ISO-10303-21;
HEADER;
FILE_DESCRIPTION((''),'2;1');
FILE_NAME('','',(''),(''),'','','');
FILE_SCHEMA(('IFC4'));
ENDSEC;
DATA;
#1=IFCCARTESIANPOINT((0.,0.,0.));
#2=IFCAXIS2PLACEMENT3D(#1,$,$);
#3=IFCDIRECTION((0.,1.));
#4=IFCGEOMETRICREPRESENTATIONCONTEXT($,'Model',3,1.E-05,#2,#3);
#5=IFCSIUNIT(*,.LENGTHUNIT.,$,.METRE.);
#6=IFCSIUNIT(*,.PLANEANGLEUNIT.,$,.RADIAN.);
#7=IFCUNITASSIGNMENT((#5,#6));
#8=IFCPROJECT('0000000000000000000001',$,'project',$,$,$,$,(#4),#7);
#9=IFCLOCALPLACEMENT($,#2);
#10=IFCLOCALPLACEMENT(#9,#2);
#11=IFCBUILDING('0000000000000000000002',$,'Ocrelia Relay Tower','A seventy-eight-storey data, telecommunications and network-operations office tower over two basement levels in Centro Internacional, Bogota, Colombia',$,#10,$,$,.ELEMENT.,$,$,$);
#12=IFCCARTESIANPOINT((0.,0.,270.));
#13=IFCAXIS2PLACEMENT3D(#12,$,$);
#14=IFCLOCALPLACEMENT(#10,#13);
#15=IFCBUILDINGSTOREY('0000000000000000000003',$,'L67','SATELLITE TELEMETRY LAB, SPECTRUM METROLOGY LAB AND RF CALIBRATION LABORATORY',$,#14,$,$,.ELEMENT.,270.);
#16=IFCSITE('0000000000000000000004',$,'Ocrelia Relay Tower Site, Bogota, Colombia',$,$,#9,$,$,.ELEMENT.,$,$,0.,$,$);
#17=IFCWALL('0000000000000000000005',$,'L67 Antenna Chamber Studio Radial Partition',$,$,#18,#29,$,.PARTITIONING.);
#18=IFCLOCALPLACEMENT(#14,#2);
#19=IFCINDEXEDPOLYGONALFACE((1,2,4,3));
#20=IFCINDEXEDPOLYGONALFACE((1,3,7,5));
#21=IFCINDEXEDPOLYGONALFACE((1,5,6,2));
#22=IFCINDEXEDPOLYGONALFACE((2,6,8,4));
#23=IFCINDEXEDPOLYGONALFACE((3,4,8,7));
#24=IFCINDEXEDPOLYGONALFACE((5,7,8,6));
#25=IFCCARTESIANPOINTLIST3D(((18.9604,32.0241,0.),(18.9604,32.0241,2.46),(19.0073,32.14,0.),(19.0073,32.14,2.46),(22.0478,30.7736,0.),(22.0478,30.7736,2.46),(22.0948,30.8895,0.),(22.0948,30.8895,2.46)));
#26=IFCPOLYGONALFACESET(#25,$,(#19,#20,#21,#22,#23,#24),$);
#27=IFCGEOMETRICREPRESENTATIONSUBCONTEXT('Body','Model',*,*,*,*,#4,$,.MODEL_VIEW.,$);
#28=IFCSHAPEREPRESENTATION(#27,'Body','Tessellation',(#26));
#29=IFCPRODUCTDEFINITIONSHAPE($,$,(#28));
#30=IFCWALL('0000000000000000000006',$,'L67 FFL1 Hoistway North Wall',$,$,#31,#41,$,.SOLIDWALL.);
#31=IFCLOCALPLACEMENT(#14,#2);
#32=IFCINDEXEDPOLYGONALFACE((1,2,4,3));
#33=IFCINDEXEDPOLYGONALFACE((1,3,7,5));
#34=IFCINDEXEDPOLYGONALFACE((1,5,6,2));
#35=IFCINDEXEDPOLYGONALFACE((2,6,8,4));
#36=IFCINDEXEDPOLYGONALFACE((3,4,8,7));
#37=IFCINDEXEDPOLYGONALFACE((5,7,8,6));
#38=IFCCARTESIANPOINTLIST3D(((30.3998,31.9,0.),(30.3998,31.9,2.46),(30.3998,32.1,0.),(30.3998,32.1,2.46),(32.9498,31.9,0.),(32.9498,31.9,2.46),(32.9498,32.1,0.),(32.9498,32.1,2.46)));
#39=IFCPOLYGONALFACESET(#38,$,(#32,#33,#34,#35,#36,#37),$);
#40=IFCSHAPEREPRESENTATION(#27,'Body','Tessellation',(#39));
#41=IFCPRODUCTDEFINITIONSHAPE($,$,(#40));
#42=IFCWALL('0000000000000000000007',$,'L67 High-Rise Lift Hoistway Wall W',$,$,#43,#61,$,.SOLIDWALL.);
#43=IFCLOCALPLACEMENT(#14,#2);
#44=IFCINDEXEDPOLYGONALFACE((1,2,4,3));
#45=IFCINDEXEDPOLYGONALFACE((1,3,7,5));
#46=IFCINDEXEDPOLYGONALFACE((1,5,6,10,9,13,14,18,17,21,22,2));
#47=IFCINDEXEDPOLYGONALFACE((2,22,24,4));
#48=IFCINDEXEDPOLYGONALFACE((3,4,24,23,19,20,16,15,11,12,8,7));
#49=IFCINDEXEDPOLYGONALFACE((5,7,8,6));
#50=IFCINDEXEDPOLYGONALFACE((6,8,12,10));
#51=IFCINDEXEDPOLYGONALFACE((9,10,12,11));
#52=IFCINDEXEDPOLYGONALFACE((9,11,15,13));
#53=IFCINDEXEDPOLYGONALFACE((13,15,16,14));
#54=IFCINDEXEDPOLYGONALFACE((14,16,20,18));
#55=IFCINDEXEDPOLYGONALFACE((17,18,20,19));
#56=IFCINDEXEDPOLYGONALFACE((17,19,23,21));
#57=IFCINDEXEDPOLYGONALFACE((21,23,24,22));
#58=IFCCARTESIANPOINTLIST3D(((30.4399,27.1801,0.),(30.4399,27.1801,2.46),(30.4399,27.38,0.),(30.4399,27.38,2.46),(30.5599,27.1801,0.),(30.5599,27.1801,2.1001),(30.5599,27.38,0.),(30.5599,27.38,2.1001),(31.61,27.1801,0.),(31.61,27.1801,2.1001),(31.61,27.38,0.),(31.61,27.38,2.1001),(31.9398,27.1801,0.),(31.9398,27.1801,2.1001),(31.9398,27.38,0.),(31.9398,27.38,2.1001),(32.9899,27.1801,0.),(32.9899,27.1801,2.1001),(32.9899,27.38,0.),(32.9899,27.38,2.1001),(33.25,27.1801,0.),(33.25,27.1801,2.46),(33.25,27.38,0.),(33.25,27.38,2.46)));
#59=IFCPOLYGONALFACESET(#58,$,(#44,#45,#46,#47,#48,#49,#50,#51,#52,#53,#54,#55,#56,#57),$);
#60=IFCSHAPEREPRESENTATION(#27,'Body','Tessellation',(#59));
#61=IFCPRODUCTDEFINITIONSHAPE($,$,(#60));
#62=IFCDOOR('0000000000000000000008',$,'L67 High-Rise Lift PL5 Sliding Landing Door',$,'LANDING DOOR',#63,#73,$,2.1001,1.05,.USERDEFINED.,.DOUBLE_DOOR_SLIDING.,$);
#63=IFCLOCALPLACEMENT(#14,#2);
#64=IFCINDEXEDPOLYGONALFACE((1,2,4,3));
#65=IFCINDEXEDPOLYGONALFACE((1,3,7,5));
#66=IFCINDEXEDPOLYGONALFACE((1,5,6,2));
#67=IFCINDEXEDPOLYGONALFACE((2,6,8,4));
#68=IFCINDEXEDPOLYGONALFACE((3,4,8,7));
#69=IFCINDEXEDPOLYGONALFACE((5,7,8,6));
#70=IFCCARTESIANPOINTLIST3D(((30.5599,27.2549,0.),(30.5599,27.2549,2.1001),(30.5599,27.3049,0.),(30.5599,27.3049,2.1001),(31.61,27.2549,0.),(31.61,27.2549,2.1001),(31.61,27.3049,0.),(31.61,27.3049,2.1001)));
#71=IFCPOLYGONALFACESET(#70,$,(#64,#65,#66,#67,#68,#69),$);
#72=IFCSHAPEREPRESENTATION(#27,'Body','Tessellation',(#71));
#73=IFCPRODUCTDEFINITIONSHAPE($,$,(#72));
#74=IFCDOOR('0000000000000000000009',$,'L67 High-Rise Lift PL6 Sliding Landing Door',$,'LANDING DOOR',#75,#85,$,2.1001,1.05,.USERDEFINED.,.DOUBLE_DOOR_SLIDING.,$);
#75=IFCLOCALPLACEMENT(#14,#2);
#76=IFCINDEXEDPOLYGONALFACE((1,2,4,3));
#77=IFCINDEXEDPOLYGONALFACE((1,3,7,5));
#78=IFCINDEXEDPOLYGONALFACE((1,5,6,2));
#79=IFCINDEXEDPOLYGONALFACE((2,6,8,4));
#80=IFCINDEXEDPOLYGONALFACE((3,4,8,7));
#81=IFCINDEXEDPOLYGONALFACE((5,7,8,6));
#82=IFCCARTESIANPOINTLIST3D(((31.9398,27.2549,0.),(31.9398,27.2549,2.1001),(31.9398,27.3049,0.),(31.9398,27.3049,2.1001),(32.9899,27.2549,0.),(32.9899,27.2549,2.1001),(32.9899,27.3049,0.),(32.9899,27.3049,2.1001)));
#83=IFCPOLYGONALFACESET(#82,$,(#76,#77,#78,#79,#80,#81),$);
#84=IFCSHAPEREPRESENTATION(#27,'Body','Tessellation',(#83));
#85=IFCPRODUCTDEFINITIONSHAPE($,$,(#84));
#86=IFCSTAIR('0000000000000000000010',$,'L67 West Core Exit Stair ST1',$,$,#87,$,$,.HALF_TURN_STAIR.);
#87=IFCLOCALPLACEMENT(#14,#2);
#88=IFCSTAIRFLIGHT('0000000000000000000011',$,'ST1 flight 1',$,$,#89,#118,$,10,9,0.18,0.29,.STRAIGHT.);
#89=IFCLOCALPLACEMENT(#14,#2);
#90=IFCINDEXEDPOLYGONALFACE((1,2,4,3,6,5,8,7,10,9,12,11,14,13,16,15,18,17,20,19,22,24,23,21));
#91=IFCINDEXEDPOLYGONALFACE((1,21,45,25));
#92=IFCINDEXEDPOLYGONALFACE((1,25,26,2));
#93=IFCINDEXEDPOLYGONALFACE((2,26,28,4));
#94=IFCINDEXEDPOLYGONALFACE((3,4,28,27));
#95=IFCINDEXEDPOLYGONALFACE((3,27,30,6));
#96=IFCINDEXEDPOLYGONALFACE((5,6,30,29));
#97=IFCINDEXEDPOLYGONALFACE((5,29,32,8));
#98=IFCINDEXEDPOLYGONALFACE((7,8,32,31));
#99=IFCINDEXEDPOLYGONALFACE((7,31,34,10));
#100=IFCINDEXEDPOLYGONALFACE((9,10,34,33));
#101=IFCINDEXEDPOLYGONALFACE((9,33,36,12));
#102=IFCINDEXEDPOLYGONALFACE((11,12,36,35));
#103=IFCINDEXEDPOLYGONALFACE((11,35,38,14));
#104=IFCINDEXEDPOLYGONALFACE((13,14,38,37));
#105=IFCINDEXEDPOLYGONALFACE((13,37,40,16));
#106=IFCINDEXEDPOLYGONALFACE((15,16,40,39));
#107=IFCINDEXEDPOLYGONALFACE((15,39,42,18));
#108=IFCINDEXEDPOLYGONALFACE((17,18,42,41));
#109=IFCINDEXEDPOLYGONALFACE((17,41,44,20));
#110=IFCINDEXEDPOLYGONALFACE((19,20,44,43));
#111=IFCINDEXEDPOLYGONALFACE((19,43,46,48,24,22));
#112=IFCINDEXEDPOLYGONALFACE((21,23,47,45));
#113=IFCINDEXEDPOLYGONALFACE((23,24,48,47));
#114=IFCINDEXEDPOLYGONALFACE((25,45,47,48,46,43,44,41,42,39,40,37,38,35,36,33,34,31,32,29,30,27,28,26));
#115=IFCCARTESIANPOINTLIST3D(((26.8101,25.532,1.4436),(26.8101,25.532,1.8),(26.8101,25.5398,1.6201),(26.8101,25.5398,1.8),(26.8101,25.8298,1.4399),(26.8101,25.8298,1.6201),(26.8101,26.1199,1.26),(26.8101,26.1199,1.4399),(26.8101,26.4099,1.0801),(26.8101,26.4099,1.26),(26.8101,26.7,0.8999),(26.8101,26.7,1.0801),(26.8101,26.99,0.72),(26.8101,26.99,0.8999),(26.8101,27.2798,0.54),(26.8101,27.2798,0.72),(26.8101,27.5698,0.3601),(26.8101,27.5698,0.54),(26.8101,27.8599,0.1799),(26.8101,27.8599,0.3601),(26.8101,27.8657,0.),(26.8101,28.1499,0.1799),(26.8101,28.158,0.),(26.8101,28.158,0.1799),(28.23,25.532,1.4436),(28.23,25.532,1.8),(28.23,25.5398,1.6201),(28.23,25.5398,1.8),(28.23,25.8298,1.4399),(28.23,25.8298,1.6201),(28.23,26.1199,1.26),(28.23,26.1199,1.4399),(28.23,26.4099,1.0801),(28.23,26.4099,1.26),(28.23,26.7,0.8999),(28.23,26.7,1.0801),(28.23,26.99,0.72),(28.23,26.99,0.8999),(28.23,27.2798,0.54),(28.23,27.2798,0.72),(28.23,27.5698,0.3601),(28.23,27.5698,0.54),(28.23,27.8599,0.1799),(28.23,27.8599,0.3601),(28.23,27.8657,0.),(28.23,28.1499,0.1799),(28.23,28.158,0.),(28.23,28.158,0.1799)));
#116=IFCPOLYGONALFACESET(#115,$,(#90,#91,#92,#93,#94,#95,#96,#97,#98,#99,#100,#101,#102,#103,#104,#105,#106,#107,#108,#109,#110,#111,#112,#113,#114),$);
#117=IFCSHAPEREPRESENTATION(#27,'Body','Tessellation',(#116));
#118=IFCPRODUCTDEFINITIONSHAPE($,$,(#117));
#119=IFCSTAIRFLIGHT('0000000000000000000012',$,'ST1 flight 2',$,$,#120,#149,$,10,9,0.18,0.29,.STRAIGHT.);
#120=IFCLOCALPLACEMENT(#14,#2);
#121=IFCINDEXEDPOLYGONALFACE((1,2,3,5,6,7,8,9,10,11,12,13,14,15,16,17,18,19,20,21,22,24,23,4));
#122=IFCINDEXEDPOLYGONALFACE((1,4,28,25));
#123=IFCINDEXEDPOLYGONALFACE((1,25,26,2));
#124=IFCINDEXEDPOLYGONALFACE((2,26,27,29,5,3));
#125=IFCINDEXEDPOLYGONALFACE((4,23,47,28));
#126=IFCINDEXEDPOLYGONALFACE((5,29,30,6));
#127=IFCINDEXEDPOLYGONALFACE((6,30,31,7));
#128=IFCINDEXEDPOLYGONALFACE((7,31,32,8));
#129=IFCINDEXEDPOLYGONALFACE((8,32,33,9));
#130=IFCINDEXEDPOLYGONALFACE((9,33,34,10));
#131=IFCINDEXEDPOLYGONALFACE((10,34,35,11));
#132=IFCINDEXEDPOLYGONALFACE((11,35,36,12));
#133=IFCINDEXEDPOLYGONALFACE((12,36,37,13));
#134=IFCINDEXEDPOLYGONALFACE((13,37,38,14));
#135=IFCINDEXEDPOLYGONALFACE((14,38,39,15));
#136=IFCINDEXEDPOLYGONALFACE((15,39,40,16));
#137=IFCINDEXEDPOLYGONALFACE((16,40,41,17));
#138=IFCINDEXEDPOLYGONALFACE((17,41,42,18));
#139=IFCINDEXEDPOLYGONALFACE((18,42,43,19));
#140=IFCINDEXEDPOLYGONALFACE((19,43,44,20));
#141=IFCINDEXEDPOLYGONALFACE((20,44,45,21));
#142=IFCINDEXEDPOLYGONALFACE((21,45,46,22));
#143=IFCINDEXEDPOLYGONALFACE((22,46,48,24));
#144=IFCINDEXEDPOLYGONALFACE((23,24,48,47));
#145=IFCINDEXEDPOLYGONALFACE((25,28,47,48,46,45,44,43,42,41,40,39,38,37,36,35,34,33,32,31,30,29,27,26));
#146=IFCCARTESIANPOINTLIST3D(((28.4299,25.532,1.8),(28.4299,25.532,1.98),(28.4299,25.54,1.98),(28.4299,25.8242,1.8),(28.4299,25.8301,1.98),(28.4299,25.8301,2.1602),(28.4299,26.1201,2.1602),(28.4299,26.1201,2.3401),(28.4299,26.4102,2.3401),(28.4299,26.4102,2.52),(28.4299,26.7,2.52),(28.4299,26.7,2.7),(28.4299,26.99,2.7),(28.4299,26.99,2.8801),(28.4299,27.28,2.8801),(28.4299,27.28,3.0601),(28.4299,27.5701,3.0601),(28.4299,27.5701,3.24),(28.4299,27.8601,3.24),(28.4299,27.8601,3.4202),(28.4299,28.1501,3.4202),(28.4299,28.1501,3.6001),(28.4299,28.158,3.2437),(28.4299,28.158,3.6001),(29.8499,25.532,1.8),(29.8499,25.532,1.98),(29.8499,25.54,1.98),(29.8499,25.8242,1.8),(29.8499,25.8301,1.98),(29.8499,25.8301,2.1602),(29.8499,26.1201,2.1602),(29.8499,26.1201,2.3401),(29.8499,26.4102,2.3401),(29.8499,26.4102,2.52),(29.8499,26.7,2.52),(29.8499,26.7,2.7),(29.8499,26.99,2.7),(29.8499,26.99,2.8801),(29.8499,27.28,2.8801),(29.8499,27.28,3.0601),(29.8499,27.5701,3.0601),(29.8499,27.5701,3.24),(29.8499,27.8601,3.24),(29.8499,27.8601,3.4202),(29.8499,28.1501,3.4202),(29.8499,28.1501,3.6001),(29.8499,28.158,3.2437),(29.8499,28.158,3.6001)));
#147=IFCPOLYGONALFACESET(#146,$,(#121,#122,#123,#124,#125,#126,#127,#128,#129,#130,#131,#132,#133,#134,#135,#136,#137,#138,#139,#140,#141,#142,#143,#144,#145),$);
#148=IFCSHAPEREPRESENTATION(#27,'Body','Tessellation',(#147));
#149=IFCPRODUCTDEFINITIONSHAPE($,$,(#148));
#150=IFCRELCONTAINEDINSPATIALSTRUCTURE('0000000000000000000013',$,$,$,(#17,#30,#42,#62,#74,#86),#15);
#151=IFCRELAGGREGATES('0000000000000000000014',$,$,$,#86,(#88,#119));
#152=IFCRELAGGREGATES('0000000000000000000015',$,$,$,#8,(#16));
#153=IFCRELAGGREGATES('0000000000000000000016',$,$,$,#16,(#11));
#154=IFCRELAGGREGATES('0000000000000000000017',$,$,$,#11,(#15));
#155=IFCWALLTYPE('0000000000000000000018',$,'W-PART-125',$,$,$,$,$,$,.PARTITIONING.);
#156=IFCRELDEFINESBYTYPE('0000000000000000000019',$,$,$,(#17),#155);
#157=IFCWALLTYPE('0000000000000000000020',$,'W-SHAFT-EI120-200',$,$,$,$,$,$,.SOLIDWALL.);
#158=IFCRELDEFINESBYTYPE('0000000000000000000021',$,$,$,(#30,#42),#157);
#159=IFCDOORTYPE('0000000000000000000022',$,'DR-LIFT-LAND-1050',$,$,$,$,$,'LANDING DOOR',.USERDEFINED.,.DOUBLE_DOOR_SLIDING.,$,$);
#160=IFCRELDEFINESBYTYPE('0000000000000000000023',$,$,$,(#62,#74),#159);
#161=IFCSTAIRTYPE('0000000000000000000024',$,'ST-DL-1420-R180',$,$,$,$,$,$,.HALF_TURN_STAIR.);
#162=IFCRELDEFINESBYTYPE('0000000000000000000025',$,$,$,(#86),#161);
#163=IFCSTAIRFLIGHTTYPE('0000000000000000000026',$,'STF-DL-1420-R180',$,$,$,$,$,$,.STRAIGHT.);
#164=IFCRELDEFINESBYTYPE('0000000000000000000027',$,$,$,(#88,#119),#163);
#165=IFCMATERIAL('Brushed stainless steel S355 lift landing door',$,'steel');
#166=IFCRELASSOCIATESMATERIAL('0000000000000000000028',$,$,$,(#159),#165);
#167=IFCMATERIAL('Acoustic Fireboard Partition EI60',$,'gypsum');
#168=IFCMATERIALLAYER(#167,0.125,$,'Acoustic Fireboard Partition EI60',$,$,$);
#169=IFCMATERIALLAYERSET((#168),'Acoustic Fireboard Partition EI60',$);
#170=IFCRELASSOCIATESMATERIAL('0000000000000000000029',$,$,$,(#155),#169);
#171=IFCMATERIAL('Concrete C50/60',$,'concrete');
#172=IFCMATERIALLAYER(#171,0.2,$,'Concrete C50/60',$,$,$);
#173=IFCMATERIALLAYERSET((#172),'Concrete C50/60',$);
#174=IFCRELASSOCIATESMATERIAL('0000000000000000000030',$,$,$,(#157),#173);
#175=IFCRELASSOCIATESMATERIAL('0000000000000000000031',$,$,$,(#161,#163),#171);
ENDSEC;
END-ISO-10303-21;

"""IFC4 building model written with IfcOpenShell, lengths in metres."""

from ifc_helpers import new_model, si_unit, direction, frame, frame_2d, origin, place, context, subcontext, project, spatial, polyline, rectangle, outline, extrude, material, layer, layer_set, type_object, element, fill, aggregate, save


model = new_model("IFC4")

# Units and contexts
model_context = context("Model", 3, precision=1e-05, world=origin(), true_north=direction((0.0, 1.0)))
body_context = subcontext(model_context, "Body", "Model", "MODEL_VIEW")
ifc_project = project(units=[si_unit("LENGTHUNIT", "METRE"), si_unit("PLANEANGLEUNIT", "RADIAN")], contexts=[model_context])

# Site, building, storey
site_placement = place(None, origin())
site = spatial("IfcSite", under=ifc_project, at=site_placement, Name="Ocrelia Relay Tower Site, Bogota, Colombia", CompositionType="ELEMENT", RefElevation=0.0)
building_placement = place(site_placement, origin())
building = spatial("IfcBuilding", under=site, at=building_placement, Name="Ocrelia Relay Tower", Description="A seventy-eight-storey data, telecommunications and network-operations office tower over two basement levels in Centro Internacional, Bogota, Colombia", CompositionType="ELEMENT")
storey_placement = place(building_placement, frame((0.0, 0.0, 270.0)))
storey = spatial("IfcBuildingStorey", under=building, at=storey_placement, Name="L67", Description="SATELLITE TELEMETRY LAB, SPECTRUM METROLOGY LAB AND RF CALIBRATION LABORATORY", CompositionType="ELEMENT", Elevation=270.0)

# Shared definitions
ifc_material_1 = material(Name="Concrete C50/60", Category="concrete")

# Shared definitions
ifc_material_2 = material(Name="Brushed stainless steel S355 lift landing door", Category="steel")
door_type_1 = type_object("IfcDoorType", Name="DR-LIFT-LAND-1050", ElementType="LANDING DOOR", OperationType="DOUBLE_DOOR_SLIDING", PredefinedType="USERDEFINED", material=ifc_material_2)

# Walls
ifc_material_3 = material(Name="Acoustic Fireboard Partition EI60", Category="gypsum")
ifc_layer_1 = layer(ifc_material_3, 0.125, Name="Acoustic Fireboard Partition EI60")
ifc_layer_set_1 = layer_set([ifc_layer_1], Name="Acoustic Fireboard Partition EI60")
wall_type_1 = type_object("IfcWallType", Name="W-PART-125", PredefinedType="PARTITIONING", material=ifc_layer_set_1)
wall_1_placement = place(storey_placement, frame((22.0713, 30.8315, 0.0), z_axis=(0.0, 0.0, 1.0), x_axis=(-0.926861, 0.375406, 0.0)))
element("IfcWall", 1, at=wall_1_placement, inside=storey, type_object=wall_type_1, Name="L67 Antenna Chamber Studio Radial Partition", PredefinedType="PARTITIONING", context=body_context, shape_type="SweptSolid", body=[
    extrude(rectangle(XDim=3.3311, YDim=0.125, at=frame_2d((1.6655, 0.0))), origin(), (0.0, 0.0, 1.0), 2.46),
])
ifc_layer_2 = layer(ifc_material_1, 0.2, Name="Concrete C50/60")
ifc_layer_set_2 = layer_set([ifc_layer_2], Name="Concrete C50/60")
wall_type_2 = type_object("IfcWallType", Name="W-SHAFT-EI120-200", PredefinedType="SOLIDWALL", material=ifc_layer_set_2)
wall_2_placement = place(storey_placement, frame((30.3999, 32.0, 0.0), z_axis=(0.0, 0.0, 1.0), x_axis=(1.0, 0.0, 0.0)))
element("IfcWall", 2, at=wall_2_placement, inside=storey, type_object=wall_type_2, Name="L67 FFL1 Hoistway North Wall", PredefinedType="SOLIDWALL", context=body_context, shape_type="SweptSolid", body=[
    extrude(rectangle(XDim=2.55, YDim=0.2, at=frame_2d((1.2749, 0.0))), origin(), (0.0, 0.0, 1.0), 2.46),
])

# Wall, openings, doors
wall_3_placement = place(storey_placement, frame((30.4399, 27.28, 0.0), z_axis=(0.0, 0.0, 1.0), x_axis=(1.0, 0.0, 0.0)))
wall_3 = element("IfcWall", 3, at=wall_3_placement, inside=storey, type_object=wall_type_2, Name="L67 High-Rise Lift Hoistway Wall W", PredefinedType="SOLIDWALL", context=body_context, shape_type="SweptSolid", body=[
    extrude(rectangle(XDim=2.8101, YDim=0.2, at=frame_2d((1.405, 0.0))), origin(), (0.0, 0.0, 1.0), 2.46),
])
opening_1_placement = place(wall_3_placement, frame((0.1201, 0.0, 0.0)))
opening_1 = element("IfcOpeningElement", 4, at=opening_1_placement, cuts=wall_3, PredefinedType="OPENING", context=body_context, shape_type="SweptSolid", body=[
    extrude(rectangle(XDim=1.05, YDim=2.1001, at=frame_2d((0.5249, 1.05))), frame((0.0, 0.1099, 0.0), z_axis=(0.0, -1.0, 0.0), x_axis=(1.0, 0.0, 0.0)), (0.0, 0.0, 1.0), 0.22),
])
opening_2_placement = place(wall_3_placement, frame((1.5, 0.0, 0.0)))
opening_2 = element("IfcOpeningElement", 5, at=opening_2_placement, cuts=wall_3, PredefinedType="OPENING", context=body_context, shape_type="SweptSolid", body=[
    extrude(rectangle(XDim=1.05, YDim=2.1001, at=frame_2d((0.5249, 1.05))), frame((0.0, 0.1099, 0.0), z_axis=(0.0, -1.0, 0.0), x_axis=(1.0, 0.0, 0.0)), (0.0, 0.0, 1.0), 0.22),
])
door_1_placement = place(opening_1_placement, origin())
door_1 = element("IfcDoor", 6, at=door_1_placement, inside=storey, type_object=door_type_1, Name="L67 High-Rise Lift PL5 Sliding Landing Door", ObjectType="LANDING DOOR", OperationType="DOUBLE_DOOR_SLIDING", OverallHeight=2.1001, OverallWidth=1.05, PredefinedType="USERDEFINED", context=body_context, shape_type="SweptSolid", body=[
    extrude(rectangle(XDim=1.05, YDim=2.1001, at=frame_2d((0.5249, 1.05))), frame((0.0, 0.0249, 0.0), z_axis=(0.0, -1.0, 0.0), x_axis=(1.0, 0.0, 0.0)), (0.0, 0.0, 1.0), 0.05),
])
fill(opening_1, door_1)
door_2_placement = place(opening_2_placement, origin())
door_2 = element("IfcDoor", 7, at=door_2_placement, inside=storey, type_object=door_type_1, Name="L67 High-Rise Lift PL6 Sliding Landing Door", ObjectType="LANDING DOOR", OperationType="DOUBLE_DOOR_SLIDING", OverallHeight=2.1001, OverallWidth=1.05, PredefinedType="USERDEFINED", context=body_context, shape_type="SweptSolid", body=[
    extrude(rectangle(XDim=1.05, YDim=2.1001, at=frame_2d((0.5249, 1.05))), frame((0.0, 0.0249, 0.0), z_axis=(0.0, -1.0, 0.0), x_axis=(1.0, 0.0, 0.0)), (0.0, 0.0, 1.0), 0.05),
])
fill(opening_2, door_2)

# Stair, stair flights
stair_type = type_object("IfcStairType", Name="ST-DL-1420-R180", PredefinedType="HALF_TURN_STAIR", material=ifc_material_1)
stair_placement = place(storey_placement, origin())
stair = element("IfcStair", 8, at=stair_placement, inside=storey, type_object=stair_type, Name="L67 West Core Exit Stair ST1", PredefinedType="HALF_TURN_STAIR")
stair_flight_type = type_object("IfcStairFlightType", Name="STF-DL-1420-R180", PredefinedType="STRAIGHT", material=ifc_material_1)
stair_flight_1_placement = place(storey_placement, frame((27.52, 28.1499, 0.0), z_axis=(0.0, 0.0, 1.0), x_axis=(0.0, -1.0, 0.0)))
stair_flight_1 = element("IfcStairFlight", 9, at=stair_flight_1_placement, type_object=stair_flight_type, Name="ST1 flight 1", NumberOfRisers=10, NumberOfTreads=9, PredefinedType="STRAIGHT", RiserHeight=0.18, TreadLength=0.29, context=body_context, shape_type="SweptSolid", body=[
    extrude(outline(polyline([(-0.0081, 0.0), (-0.0081, 0.1799), (0.0, 0.1799), (0.29, 0.1799), (0.29, 0.3601), (0.5801, 0.3601), (0.5801, 0.54), (0.8701, 0.54), (0.8701, 0.72), (1.1599, 0.72), (1.1599, 0.8999), (1.45, 0.8999), (1.45, 1.0801), (1.74, 1.0801), (1.74, 1.26), (2.03, 1.26), (2.03, 1.4399), (2.3201, 1.4399), (2.3201, 1.6201), (2.6101, 1.6201), (2.6101, 1.8), (2.6179, 1.8), (2.6179, 1.4436), (0.2842, 0.0), (-0.0081, 0.0)])), frame((0.0, 0.71, 0.0), z_axis=(0.0, -1.0, 0.0), x_axis=(1.0, 0.0, 0.0)), (0.0, 0.0, 1.0), 1.4199),
])
stair_flight_2_placement = place(storey_placement, frame((29.1399, 25.54, 1.8), z_axis=(0.0, 0.0, 1.0), x_axis=(0.0, 1.0, 0.0)))
stair_flight_2 = element("IfcStairFlight", 10, at=stair_flight_2_placement, type_object=stair_flight_type, Name="ST1 flight 2", NumberOfRisers=10, NumberOfTreads=9, PredefinedType="STRAIGHT", RiserHeight=0.18, TreadLength=0.29, context=body_context, shape_type="SweptSolid", body=[
    extrude(outline(polyline([(-0.0081, 0.0), (-0.0081, 0.1799), (0.0, 0.1799), (0.29, 0.1799), (0.29, 0.3601), (0.5801, 0.3601), (0.5801, 0.54), (0.8701, 0.54), (0.8701, 0.72), (1.1599, 0.72), (1.1599, 0.8999), (1.45, 0.8999), (1.45, 1.0801), (1.74, 1.0801), (1.74, 1.26), (2.03, 1.26), (2.03, 1.4399), (2.3201, 1.4399), (2.3201, 1.6201), (2.6101, 1.6201), (2.6101, 1.8), (2.6179, 1.8), (2.6179, 1.4436), (0.2842, 0.0), (-0.0081, 0.0)])), frame((0.0, 0.71, 0.0), z_axis=(0.0, -1.0, 0.0), x_axis=(1.0, 0.0, 0.0)), (0.0, 0.0, 1.0), 1.4199),
])
aggregate(stair, [stair_flight_1, stair_flight_2])

save(model, "model.ifc")
